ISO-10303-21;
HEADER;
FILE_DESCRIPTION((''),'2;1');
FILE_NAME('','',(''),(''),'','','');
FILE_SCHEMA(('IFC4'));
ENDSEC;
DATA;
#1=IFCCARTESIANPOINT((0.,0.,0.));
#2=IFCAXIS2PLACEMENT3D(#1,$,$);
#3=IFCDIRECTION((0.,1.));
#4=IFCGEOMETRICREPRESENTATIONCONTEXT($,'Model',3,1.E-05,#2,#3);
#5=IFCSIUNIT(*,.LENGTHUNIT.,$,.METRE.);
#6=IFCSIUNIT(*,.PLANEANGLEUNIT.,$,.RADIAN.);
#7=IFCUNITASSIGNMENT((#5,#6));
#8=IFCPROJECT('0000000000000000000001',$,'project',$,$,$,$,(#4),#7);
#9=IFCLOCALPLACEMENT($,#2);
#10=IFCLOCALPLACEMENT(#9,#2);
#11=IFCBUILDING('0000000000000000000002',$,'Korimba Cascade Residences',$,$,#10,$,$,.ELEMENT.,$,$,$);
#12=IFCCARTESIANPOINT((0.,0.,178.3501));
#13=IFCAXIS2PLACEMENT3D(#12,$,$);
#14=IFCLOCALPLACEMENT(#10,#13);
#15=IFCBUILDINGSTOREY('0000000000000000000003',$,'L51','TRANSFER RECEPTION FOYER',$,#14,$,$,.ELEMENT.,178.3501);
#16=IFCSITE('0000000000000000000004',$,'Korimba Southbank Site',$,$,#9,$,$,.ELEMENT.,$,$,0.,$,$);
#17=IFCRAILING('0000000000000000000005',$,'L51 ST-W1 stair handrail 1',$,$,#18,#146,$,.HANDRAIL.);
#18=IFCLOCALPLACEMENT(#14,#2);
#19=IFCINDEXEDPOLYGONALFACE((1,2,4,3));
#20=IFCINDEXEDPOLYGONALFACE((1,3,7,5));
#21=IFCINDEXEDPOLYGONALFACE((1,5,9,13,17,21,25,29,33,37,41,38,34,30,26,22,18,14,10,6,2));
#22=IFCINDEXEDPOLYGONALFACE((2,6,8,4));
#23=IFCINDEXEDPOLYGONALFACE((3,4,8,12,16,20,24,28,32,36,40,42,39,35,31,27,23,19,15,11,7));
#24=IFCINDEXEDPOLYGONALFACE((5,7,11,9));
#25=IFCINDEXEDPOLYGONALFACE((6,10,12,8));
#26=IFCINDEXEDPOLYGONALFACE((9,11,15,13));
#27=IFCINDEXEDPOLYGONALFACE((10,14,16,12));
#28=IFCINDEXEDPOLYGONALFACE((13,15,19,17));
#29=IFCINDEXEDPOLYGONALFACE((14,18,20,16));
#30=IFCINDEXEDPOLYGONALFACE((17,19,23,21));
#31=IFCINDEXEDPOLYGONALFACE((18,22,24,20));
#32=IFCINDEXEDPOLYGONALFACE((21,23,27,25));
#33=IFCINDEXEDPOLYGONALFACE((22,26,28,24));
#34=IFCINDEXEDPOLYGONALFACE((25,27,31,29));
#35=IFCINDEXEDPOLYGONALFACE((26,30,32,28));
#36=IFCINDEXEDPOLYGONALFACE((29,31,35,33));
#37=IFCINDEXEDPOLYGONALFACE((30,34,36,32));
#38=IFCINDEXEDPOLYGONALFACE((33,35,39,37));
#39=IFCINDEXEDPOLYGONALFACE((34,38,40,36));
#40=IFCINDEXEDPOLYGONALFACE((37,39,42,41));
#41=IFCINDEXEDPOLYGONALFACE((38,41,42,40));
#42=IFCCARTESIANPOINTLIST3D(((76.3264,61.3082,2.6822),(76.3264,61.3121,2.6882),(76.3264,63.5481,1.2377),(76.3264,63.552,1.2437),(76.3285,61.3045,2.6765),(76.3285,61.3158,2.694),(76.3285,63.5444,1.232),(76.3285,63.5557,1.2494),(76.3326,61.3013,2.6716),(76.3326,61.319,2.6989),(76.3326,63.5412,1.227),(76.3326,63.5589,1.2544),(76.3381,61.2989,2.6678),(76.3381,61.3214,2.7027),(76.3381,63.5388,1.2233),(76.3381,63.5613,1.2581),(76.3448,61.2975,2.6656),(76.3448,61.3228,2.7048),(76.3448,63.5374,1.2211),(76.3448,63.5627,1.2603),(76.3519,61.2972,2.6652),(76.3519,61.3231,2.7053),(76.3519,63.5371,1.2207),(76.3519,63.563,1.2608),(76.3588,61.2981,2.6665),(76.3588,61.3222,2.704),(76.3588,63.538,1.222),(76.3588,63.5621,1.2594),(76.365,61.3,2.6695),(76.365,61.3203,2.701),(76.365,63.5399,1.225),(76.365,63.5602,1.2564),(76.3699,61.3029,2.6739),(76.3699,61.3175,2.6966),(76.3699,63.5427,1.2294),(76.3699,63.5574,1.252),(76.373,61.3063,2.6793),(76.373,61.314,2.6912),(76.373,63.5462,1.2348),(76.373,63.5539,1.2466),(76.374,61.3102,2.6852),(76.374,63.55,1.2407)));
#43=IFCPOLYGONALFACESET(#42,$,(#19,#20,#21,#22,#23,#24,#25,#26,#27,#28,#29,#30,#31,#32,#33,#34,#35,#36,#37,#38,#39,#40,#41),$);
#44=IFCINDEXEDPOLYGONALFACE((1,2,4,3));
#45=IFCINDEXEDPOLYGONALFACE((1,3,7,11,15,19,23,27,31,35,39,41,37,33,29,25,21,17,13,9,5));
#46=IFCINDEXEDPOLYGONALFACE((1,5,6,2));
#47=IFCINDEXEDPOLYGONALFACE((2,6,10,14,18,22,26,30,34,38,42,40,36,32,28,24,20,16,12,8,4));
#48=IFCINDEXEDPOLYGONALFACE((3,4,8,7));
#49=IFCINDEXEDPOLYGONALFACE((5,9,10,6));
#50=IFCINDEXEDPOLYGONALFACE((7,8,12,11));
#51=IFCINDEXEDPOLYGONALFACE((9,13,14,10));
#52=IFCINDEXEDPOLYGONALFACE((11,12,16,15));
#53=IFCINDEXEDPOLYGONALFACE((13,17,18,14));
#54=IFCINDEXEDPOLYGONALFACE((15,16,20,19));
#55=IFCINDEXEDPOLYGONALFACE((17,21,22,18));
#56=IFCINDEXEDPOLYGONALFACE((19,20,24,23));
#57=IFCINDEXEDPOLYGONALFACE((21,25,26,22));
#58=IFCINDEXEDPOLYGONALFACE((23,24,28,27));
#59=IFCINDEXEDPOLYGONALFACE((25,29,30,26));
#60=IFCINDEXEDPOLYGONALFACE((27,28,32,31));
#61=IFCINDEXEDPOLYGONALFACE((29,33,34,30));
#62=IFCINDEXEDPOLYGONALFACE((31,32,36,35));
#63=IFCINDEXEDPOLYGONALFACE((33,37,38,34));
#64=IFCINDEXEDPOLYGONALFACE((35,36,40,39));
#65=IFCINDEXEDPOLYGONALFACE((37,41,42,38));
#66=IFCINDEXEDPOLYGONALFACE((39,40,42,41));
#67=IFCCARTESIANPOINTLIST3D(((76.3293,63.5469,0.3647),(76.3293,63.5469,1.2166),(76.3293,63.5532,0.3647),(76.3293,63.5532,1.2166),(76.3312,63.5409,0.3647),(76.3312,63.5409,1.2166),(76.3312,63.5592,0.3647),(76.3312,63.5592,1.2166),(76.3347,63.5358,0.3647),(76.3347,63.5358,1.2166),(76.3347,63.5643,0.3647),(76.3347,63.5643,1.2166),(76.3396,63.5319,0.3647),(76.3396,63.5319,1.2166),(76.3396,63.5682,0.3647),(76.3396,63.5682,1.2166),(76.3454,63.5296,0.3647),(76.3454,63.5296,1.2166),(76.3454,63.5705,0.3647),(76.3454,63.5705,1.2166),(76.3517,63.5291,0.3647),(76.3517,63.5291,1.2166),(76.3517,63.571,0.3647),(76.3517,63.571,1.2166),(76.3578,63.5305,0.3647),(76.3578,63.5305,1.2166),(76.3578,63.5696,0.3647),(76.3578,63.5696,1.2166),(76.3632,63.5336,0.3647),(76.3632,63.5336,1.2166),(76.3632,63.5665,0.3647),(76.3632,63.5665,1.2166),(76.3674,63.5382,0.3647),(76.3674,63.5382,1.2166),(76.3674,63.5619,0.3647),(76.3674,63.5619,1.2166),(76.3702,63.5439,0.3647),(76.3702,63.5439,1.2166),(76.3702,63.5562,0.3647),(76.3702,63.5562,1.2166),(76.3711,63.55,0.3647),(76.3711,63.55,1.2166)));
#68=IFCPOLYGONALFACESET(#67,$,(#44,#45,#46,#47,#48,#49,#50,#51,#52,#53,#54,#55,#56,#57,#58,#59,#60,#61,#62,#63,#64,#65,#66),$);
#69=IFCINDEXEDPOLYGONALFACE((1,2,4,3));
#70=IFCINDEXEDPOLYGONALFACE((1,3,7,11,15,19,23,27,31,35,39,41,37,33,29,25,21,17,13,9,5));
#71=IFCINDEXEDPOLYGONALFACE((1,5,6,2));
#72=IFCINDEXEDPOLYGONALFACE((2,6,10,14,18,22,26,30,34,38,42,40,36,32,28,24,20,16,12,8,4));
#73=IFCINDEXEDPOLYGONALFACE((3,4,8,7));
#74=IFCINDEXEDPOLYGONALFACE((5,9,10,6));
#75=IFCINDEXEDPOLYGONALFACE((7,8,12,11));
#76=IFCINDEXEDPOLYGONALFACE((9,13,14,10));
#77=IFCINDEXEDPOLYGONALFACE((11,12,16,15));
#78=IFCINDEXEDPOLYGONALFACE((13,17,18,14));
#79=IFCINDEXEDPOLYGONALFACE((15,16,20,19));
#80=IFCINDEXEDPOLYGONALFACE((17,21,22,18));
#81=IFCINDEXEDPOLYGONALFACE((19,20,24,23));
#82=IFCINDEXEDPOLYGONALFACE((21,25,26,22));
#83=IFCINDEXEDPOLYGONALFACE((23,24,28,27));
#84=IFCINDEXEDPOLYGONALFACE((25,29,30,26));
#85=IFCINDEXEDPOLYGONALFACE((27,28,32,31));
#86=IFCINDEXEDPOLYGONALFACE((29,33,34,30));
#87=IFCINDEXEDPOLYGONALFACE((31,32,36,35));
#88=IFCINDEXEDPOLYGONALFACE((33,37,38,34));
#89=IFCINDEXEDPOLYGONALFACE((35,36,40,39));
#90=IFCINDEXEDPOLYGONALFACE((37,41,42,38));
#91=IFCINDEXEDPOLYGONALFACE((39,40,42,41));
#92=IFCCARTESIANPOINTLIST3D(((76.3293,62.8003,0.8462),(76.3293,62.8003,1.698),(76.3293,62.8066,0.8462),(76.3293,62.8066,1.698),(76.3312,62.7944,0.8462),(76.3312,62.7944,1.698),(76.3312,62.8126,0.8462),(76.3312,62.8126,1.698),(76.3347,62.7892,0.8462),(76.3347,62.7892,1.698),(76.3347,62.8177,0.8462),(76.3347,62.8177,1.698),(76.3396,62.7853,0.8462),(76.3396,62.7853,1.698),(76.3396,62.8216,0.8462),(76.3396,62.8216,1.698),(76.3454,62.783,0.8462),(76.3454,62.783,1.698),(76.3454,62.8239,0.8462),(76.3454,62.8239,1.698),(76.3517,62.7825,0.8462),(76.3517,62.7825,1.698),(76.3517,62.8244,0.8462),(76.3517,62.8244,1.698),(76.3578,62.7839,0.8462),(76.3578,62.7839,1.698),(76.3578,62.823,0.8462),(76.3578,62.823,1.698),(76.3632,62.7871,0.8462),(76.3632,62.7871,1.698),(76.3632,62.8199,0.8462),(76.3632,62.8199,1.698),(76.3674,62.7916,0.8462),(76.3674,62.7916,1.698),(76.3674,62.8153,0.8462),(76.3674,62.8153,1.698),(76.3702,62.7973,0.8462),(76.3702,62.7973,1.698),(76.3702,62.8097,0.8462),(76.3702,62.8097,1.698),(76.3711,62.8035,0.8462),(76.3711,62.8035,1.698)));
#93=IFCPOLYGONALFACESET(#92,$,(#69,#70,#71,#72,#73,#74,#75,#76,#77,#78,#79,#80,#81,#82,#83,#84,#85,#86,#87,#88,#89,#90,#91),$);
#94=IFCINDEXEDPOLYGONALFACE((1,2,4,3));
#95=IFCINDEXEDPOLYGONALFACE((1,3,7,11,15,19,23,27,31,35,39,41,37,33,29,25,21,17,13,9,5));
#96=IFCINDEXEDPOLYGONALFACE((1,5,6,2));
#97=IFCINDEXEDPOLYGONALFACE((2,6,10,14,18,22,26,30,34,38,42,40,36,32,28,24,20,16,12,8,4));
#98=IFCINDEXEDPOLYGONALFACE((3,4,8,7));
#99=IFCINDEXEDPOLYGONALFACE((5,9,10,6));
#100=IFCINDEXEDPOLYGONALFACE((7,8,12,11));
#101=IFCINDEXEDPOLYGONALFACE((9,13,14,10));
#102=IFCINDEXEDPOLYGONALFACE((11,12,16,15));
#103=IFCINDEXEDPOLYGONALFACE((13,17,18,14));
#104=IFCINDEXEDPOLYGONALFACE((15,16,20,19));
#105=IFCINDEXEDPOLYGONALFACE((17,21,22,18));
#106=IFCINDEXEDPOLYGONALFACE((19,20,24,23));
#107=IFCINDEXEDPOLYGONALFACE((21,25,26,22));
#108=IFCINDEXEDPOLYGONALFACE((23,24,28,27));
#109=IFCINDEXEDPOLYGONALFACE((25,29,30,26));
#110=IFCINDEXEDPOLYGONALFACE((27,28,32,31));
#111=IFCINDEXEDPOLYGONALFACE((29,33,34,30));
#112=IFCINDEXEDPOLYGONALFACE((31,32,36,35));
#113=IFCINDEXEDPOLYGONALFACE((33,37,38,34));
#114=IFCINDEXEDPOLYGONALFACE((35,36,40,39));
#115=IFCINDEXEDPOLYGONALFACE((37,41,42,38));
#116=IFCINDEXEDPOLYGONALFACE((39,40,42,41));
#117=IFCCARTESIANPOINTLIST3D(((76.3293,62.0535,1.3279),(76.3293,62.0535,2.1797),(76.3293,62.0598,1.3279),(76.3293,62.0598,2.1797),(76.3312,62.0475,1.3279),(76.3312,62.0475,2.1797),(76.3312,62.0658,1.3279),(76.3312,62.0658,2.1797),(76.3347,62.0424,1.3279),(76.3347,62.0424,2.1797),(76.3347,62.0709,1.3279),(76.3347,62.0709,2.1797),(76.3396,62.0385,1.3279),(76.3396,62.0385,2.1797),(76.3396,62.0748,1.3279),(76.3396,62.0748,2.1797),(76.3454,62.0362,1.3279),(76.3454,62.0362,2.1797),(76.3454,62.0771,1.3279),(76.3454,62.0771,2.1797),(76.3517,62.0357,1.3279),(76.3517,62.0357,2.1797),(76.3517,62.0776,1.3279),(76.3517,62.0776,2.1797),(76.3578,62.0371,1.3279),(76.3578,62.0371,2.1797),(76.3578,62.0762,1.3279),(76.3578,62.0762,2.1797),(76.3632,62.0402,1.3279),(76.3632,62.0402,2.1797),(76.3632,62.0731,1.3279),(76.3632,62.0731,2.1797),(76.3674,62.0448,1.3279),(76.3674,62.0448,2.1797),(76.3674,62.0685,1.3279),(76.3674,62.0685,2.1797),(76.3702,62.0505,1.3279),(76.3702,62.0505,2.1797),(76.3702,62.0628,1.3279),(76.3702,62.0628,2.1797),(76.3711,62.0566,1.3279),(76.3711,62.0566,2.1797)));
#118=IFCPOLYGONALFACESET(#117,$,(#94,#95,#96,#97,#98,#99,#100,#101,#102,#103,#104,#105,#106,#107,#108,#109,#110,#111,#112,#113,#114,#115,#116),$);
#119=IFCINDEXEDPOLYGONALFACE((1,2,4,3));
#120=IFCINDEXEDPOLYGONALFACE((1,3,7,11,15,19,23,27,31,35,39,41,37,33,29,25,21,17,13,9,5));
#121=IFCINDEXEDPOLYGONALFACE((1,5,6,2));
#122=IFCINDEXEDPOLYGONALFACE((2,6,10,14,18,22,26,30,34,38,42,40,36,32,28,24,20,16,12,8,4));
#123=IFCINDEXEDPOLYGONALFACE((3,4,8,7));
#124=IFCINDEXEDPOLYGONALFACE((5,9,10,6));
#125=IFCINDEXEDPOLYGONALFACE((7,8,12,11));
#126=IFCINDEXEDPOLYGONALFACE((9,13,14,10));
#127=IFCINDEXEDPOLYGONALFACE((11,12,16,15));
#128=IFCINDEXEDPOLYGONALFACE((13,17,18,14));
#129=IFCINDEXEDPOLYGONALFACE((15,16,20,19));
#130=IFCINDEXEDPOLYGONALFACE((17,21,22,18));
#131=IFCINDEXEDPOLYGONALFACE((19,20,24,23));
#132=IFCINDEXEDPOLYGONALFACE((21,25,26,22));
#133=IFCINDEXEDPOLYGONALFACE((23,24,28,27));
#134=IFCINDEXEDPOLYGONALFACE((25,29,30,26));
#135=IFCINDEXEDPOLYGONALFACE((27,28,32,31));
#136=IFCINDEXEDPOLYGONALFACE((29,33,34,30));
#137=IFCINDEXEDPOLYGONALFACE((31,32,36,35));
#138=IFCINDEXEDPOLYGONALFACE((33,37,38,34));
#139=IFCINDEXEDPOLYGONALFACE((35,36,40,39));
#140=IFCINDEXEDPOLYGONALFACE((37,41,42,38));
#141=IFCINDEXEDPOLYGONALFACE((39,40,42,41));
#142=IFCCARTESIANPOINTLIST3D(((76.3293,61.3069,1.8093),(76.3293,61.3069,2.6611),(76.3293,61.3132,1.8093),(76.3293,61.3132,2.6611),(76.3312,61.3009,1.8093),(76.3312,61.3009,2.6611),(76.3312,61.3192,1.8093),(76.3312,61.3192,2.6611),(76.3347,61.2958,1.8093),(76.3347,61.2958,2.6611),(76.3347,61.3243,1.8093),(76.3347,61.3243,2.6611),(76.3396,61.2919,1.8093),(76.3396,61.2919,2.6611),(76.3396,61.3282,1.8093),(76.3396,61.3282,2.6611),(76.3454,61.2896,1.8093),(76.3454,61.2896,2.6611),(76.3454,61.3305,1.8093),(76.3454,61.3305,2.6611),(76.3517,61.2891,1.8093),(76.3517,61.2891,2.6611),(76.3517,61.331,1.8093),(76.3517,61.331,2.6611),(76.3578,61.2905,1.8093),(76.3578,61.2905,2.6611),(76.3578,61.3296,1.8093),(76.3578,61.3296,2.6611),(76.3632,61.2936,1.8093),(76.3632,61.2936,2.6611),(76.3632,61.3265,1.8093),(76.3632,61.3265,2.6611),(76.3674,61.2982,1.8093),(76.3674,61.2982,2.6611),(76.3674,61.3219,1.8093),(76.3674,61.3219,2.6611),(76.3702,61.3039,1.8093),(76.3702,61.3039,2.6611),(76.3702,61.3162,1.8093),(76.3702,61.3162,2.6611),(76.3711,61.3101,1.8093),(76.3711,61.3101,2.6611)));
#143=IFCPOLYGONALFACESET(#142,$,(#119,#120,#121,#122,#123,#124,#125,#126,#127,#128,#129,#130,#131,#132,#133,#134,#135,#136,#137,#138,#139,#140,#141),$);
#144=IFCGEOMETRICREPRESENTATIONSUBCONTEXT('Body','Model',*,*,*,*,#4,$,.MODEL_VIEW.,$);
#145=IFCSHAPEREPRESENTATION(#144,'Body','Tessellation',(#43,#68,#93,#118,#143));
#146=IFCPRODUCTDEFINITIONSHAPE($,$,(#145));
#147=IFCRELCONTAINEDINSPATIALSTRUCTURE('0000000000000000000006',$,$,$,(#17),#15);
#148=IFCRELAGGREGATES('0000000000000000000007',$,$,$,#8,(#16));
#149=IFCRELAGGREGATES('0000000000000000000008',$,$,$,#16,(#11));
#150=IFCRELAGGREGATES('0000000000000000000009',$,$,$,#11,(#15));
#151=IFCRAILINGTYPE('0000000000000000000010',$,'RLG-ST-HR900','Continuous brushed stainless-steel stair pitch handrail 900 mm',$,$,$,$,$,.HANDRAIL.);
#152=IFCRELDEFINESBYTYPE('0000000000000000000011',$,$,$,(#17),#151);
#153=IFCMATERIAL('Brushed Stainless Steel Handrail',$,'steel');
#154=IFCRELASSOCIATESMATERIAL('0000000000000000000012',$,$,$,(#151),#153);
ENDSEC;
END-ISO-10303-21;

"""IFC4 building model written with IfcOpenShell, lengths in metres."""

from ifc_helpers import new_model, si_unit, direction, frame, origin, origin_2d, place, context, subcontext, project, spatial, circle, extrude, material, type_object, element, save


model = new_model("IFC4")

# Units and contexts
model_context = context("Model", 3, precision=1e-05, world=origin(), true_north=direction((0.0, 1.0)))
body_context = subcontext(model_context, "Body", "Model", "MODEL_VIEW")
ifc_project = project(units=[si_unit("LENGTHUNIT", "METRE"), si_unit("PLANEANGLEUNIT", "RADIAN")], contexts=[model_context])

# Site, building, storey
site_placement = place(None, origin())
site = spatial("IfcSite", under=ifc_project, at=site_placement, Name="Korimba Southbank Site", CompositionType="ELEMENT", RefElevation=0.0)
building_placement = place(site_placement, origin())
building = spatial("IfcBuilding", under=site, at=building_placement, Name="Korimba Cascade Residences", CompositionType="ELEMENT")
storey_placement = place(building_placement, frame((0.0, 0.0, 178.3501)))
storey = spatial("IfcBuildingStorey", under=building, at=storey_placement, Name="L51", Description="TRANSFER RECEPTION FOYER", CompositionType="ELEMENT", Elevation=178.3501)

# Railing
ifc_material_1 = material(Name="Brushed Stainless Steel Handrail", Category="steel")
railing_type_1 = type_object("IfcRailingType", Name="RLG-ST-HR900", Description="Continuous brushed stainless-steel stair pitch handrail 900 mm", PredefinedType="HANDRAIL", material=ifc_material_1)
railing_1_placement = place(storey_placement, frame((76.3501, 63.55, 0.3647)))
element("IfcRailing", 1, at=railing_1_placement, inside=storey, type_object=railing_type_1, Name="L51 ST-W1 stair handrail 1", PredefinedType="HANDRAIL", context=body_context, shape_type="SweptSolid", body=[
    extrude(circle(Radius=0.0239, at=origin_2d()), frame((0.0, 0.0, 0.876), z_axis=(0.0, -0.840395, 0.541975), x_axis=(1.0, 0.0, 0.0)), (0.0, 0.0, 1.0), 2.6653),
    extrude(circle(Radius=0.021, at=origin_2d()), origin(), (0.0, 0.0, 1.0), 0.8518),
    extrude(circle(Radius=0.021, at=origin_2d()), frame((0.0, -0.7466, 0.4814)), (0.0, 0.0, 1.0), 0.8518),
    extrude(circle(Radius=0.021, at=origin_2d()), frame((0.0, -1.4934, 0.9631)), (0.0, 0.0, 1.0), 0.8518),
    extrude(circle(Radius=0.021, at=origin_2d()), frame((0.0, -2.24, 1.4446)), (0.0, 0.0, 1.0), 0.8518),
])

save(model, "model.ifc")
